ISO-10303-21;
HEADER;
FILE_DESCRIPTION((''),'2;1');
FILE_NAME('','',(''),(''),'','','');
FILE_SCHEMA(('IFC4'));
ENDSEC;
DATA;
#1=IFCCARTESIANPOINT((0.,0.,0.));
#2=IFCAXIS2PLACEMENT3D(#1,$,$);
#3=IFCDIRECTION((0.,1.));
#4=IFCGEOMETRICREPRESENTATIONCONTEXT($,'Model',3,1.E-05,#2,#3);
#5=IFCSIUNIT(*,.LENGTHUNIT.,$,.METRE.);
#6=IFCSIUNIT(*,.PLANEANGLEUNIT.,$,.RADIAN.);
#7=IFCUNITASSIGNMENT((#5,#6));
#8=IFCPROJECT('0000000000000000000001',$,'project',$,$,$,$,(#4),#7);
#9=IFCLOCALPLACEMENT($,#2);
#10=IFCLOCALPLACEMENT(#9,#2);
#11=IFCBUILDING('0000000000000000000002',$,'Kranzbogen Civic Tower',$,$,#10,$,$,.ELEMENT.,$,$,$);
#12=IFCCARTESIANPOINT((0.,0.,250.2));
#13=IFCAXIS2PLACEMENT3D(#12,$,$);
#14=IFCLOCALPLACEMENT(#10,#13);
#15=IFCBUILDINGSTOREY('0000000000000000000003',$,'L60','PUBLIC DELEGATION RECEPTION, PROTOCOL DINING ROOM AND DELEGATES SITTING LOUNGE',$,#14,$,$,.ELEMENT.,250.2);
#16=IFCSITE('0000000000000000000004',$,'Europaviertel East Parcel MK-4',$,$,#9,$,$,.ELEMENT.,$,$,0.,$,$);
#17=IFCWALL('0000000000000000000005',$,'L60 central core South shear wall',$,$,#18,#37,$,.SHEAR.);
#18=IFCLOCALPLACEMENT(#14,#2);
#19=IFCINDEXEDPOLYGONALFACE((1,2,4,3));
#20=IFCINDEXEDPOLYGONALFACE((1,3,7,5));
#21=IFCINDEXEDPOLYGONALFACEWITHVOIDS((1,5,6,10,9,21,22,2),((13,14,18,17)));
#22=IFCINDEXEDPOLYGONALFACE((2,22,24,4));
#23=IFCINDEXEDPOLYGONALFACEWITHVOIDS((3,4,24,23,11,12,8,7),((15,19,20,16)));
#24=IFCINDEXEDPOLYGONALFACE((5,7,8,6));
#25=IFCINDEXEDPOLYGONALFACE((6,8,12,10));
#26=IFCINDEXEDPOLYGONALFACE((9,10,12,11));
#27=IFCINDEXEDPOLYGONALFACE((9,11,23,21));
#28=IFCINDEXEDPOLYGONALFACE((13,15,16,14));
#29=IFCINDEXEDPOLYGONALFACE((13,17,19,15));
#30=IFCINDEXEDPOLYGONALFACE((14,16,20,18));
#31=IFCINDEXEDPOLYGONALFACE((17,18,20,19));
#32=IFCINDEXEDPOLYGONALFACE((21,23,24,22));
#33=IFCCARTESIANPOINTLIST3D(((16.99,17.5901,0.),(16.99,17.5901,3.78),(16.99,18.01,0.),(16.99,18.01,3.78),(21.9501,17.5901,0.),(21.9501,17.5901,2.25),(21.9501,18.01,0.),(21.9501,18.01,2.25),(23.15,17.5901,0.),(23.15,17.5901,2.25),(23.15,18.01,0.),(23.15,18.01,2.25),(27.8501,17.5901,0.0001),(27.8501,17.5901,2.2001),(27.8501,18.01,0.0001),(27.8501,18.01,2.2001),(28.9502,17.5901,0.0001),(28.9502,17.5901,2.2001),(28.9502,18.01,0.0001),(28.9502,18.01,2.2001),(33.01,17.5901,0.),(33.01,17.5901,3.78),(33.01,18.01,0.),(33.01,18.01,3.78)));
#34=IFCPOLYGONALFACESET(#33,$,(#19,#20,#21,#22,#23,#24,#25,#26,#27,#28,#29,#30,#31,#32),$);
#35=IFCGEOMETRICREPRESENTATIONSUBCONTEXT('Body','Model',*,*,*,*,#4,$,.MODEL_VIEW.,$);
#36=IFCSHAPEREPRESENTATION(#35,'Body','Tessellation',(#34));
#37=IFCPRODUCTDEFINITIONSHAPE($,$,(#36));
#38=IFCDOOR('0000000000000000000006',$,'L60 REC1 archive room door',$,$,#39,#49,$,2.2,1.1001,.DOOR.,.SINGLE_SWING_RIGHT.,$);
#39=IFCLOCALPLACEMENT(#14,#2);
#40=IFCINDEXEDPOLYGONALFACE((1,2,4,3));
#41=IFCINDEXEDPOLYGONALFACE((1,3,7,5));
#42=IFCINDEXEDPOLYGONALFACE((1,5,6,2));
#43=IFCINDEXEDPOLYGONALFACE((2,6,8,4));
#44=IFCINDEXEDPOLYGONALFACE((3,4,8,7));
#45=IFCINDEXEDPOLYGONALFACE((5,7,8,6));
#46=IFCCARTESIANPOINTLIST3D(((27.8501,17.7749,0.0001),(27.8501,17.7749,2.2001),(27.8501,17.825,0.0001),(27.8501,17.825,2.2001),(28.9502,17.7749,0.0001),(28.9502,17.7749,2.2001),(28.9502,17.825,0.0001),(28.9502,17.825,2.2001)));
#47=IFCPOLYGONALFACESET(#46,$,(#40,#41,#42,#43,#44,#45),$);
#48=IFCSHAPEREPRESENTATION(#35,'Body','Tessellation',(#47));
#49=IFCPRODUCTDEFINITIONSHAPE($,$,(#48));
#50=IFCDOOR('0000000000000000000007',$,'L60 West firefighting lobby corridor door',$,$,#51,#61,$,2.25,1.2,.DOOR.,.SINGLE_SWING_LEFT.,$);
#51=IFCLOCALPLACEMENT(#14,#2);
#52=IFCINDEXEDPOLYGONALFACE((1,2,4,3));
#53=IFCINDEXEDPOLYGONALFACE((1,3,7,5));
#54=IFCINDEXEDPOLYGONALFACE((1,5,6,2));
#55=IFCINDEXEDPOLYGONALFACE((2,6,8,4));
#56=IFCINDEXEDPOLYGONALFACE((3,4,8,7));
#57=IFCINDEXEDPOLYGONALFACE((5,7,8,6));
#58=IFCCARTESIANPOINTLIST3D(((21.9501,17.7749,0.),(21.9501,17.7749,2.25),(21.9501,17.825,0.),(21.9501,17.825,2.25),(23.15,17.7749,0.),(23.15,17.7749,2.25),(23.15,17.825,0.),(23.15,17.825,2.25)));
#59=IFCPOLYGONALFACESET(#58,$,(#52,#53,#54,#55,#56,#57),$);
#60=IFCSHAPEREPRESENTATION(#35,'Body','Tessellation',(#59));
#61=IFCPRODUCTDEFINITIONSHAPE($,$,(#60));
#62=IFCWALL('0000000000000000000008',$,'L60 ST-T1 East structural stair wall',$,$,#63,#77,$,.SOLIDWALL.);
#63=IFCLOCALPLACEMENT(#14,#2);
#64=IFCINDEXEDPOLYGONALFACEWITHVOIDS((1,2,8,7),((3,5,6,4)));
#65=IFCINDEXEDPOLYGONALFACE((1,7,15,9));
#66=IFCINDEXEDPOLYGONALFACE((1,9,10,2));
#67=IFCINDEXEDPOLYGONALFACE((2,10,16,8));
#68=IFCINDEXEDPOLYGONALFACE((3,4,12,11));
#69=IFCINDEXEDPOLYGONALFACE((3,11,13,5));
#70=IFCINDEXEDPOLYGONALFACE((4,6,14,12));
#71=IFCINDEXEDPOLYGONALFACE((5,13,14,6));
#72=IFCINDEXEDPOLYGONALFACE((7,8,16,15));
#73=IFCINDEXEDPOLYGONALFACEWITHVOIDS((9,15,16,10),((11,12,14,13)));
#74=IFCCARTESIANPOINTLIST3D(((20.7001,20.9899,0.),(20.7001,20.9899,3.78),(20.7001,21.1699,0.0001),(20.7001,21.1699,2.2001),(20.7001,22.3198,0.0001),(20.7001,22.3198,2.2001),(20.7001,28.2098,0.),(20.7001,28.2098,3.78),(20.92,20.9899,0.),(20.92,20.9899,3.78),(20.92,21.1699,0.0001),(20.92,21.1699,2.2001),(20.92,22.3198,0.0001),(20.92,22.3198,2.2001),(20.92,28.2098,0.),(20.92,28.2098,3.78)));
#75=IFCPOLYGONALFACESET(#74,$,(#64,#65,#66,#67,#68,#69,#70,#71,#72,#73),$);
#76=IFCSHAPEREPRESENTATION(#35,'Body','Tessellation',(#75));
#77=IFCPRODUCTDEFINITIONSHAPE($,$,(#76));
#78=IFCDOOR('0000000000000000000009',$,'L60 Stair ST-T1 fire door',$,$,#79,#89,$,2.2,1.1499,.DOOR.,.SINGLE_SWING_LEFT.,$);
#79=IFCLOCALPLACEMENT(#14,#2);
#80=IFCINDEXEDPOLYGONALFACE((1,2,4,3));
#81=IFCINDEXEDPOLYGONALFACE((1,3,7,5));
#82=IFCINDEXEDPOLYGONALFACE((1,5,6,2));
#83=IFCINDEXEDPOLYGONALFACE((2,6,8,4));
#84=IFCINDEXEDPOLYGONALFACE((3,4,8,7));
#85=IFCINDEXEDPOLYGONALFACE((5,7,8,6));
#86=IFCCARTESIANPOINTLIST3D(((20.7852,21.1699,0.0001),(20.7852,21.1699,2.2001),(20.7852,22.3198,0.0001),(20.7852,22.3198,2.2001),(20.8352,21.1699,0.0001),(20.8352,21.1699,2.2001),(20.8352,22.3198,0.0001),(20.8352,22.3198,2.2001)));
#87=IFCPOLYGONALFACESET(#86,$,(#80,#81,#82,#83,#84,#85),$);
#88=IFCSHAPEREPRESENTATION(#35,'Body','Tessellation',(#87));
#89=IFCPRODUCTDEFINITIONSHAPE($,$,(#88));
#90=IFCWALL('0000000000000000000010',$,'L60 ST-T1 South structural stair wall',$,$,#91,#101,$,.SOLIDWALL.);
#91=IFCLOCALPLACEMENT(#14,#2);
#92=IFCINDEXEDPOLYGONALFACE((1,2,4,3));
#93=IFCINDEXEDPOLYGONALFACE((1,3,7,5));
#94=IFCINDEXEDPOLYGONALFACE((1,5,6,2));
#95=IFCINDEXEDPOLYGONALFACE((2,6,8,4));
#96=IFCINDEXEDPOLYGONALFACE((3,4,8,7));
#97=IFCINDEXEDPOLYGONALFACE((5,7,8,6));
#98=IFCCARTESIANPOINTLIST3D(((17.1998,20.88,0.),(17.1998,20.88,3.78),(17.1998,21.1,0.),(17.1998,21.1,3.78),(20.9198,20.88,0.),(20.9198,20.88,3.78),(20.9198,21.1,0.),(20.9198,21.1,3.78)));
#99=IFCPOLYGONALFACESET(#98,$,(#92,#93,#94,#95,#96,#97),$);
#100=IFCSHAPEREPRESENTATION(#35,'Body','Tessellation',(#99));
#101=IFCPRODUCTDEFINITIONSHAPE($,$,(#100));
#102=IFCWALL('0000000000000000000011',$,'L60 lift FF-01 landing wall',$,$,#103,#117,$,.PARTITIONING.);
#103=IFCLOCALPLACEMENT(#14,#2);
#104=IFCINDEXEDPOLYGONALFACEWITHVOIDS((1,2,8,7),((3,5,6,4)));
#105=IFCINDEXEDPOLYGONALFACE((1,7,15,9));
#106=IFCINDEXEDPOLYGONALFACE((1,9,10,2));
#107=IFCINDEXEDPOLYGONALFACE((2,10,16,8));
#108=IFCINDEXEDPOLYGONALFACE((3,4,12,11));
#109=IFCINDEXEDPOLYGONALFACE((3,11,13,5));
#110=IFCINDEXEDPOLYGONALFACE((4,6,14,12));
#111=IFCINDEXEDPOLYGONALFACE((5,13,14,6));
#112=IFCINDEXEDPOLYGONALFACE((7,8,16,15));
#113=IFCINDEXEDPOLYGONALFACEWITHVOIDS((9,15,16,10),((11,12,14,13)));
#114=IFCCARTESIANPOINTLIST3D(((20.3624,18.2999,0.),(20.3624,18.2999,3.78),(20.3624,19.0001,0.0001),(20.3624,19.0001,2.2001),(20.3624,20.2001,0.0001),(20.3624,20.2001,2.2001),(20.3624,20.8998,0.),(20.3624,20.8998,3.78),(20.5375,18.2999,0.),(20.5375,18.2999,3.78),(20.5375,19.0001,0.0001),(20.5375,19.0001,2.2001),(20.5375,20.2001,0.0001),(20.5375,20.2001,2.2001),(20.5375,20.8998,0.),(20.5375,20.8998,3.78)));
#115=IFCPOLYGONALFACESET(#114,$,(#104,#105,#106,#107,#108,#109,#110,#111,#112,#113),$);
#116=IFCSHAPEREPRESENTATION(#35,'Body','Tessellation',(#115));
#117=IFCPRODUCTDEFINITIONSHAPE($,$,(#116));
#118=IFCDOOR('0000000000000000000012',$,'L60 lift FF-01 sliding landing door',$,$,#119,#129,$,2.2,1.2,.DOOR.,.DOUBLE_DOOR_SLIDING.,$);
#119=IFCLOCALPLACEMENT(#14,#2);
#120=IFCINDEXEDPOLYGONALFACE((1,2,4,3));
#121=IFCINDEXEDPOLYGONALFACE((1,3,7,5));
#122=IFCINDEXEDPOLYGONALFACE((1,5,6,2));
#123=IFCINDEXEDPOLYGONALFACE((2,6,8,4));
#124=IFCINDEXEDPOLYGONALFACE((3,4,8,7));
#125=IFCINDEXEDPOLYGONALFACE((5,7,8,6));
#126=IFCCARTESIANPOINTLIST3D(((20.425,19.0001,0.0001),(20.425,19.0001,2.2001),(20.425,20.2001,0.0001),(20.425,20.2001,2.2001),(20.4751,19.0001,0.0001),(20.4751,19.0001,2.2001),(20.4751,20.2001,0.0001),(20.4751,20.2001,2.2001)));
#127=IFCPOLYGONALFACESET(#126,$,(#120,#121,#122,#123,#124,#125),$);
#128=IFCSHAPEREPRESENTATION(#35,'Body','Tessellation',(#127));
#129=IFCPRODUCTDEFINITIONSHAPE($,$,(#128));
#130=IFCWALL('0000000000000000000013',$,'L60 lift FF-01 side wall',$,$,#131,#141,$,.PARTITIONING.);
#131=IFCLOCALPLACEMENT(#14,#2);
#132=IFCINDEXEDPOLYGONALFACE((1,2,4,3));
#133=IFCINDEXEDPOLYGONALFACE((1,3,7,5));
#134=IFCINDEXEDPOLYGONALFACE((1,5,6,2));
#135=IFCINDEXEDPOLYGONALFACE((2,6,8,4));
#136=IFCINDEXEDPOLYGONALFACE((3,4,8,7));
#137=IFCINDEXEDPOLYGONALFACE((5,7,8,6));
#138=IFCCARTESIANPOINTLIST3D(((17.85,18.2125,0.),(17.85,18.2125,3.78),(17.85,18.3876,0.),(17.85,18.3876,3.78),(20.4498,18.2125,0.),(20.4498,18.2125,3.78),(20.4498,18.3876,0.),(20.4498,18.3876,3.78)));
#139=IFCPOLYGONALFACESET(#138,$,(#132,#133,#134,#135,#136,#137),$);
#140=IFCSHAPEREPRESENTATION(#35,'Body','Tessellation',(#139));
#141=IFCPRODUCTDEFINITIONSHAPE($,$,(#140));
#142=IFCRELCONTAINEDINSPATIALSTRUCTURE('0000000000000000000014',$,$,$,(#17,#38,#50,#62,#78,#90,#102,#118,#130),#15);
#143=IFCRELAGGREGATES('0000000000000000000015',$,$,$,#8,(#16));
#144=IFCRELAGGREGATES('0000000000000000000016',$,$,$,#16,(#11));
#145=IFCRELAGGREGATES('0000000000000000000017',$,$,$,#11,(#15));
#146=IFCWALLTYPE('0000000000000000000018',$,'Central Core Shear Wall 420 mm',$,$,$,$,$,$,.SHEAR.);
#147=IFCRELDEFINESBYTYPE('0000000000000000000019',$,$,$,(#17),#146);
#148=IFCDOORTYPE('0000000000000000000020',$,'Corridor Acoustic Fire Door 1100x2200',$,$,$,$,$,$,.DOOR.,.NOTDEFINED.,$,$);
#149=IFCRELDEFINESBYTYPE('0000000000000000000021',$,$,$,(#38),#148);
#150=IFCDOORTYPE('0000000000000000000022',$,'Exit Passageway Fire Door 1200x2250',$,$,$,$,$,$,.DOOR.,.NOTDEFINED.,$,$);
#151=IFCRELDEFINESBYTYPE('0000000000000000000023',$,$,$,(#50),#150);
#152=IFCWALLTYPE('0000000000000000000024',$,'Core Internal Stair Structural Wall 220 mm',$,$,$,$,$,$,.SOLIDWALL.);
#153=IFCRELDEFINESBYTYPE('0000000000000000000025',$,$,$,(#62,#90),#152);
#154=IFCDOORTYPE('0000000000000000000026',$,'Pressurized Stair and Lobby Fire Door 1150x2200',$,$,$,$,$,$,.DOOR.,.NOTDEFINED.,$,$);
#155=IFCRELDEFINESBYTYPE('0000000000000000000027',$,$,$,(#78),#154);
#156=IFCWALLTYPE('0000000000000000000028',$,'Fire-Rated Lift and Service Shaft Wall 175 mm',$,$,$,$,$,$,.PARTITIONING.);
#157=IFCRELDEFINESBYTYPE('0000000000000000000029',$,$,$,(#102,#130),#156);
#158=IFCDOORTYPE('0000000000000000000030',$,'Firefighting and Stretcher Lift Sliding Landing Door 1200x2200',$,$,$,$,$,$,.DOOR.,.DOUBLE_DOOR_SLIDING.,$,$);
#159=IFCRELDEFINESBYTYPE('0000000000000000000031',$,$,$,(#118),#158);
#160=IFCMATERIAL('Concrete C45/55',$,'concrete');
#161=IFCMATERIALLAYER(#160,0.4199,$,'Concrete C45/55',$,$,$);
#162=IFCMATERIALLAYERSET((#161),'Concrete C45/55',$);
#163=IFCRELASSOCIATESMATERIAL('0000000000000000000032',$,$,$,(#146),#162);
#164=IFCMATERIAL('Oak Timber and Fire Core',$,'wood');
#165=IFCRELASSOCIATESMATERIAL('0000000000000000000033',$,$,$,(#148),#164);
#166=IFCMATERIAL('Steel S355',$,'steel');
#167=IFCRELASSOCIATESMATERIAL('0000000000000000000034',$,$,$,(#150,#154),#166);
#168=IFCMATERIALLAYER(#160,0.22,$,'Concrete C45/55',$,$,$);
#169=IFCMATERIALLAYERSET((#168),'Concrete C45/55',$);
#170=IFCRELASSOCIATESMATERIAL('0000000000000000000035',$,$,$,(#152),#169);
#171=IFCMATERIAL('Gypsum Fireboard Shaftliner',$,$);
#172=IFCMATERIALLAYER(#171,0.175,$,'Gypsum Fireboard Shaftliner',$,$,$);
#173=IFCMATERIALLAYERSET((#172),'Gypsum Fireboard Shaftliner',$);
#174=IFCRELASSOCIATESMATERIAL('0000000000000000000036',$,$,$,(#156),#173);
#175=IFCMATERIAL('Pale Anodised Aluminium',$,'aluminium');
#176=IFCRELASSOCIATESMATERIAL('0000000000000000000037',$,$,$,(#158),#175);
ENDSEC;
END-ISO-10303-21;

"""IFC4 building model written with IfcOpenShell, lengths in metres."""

from ifc_helpers import new_model, si_unit, direction, frame, frame_2d, origin, place, context, subcontext, project, spatial, rectangle, extrude, material, layer, layer_set, type_object, element, fill, save


model = new_model("IFC4")

# Units and contexts
model_context = context("Model", 3, precision=1e-05, world=origin(), true_north=direction((0.0, 1.0)))
body_context = subcontext(model_context, "Body", "Model", "MODEL_VIEW")
ifc_project = project(units=[si_unit("LENGTHUNIT", "METRE"), si_unit("PLANEANGLEUNIT", "RADIAN")], contexts=[model_context])

# Site, building, storey
site_placement = place(None, origin())
site = spatial("IfcSite", under=ifc_project, at=site_placement, Name="Europaviertel East Parcel MK-4", CompositionType="ELEMENT", RefElevation=0.0)
building_placement = place(site_placement, origin())
building = spatial("IfcBuilding", under=site, at=building_placement, Name="Kranzbogen Civic Tower", CompositionType="ELEMENT")
storey_placement = place(building_placement, frame((0.0, 0.0, 250.2)))
storey = spatial("IfcBuildingStorey", under=building, at=storey_placement, Name="L60", Description="PUBLIC DELEGATION RECEPTION, PROTOCOL DINING ROOM AND DELEGATES SITTING LOUNGE", CompositionType="ELEMENT", Elevation=250.2)

# Shared definitions
ifc_material_1 = material(Name="Steel S355", Category="steel")

# Wall, openings, doors
ifc_material_2 = material(Name="Concrete C45/55", Category="concrete")
ifc_layer_1 = layer(ifc_material_2, 0.4199, Name="Concrete C45/55")
ifc_layer_set_1 = layer_set([ifc_layer_1], Name="Concrete C45/55")
wall_type_1 = type_object("IfcWallType", Name="Central Core Shear Wall 420 mm", PredefinedType="SHEAR", material=ifc_layer_set_1)
wall_1_placement = place(storey_placement, frame((16.99, 17.8, 0.0), z_axis=(0.0, 0.0, 1.0), x_axis=(1.0, 0.0, 0.0)))
wall_1 = element("IfcWall", 1, at=wall_1_placement, inside=storey, type_object=wall_type_1, Name="L60 central core South shear wall", PredefinedType="SHEAR", context=body_context, shape_type="SweptSolid", body=[
    extrude(rectangle(XDim=16.02, YDim=0.4199, at=frame_2d((8.01, 0.0))), origin(), (0.0, 0.0, 1.0), 3.78),
])
opening_1_placement = place(wall_1_placement, frame((4.96, 0.0, 0.0)))
opening_1 = element("IfcOpeningElement", 2, at=opening_1_placement, cuts=wall_1, PredefinedType="OPENING", context=body_context, shape_type="SweptSolid", body=[
    extrude(rectangle(XDim=1.2, YDim=2.25, at=frame_2d((0.6001, 1.125))), frame((0.0, 0.22, 0.0), z_axis=(0.0, -1.0, 0.0), x_axis=(1.0, 0.0, 0.0)), (0.0, 0.0, 1.0), 0.4399),
])
opening_2_placement = place(wall_1_placement, frame((10.8601, 0.0, 0.0)))
opening_2 = element("IfcOpeningElement", 3, at=opening_2_placement, cuts=wall_1, PredefinedType="OPENING", context=body_context, shape_type="SweptSolid", body=[
    extrude(rectangle(XDim=1.1001, YDim=2.2, at=frame_2d((0.55, 1.1001))), frame((0.0, 0.22, 0.0), z_axis=(0.0, -1.0, 0.0), x_axis=(1.0, 0.0, 0.0)), (0.0, 0.0, 1.0), 0.4399),
])
ifc_material_3 = material(Name="Oak Timber and Fire Core", Category="wood")
door_type_1 = type_object("IfcDoorType", Name="Corridor Acoustic Fire Door 1100x2200", OperationType="NOTDEFINED", PredefinedType="DOOR", material=ifc_material_3)
door_1_placement = place(opening_2_placement, origin())
door_1 = element("IfcDoor", 4, at=door_1_placement, inside=storey, type_object=door_type_1, Name="L60 REC1 archive room door", OperationType="SINGLE_SWING_RIGHT", OverallHeight=2.2, OverallWidth=1.1001, PredefinedType="DOOR", context=body_context, shape_type="SweptSolid", body=[
    extrude(rectangle(XDim=1.1001, YDim=2.2, at=frame_2d((0.55, 1.1001))), frame((0.0, 0.0249, 0.0), z_axis=(0.0, -1.0, 0.0), x_axis=(1.0, 0.0, 0.0)), (0.0, 0.0, 1.0), 0.05),
])
fill(opening_2, door_1)
door_type_2 = type_object("IfcDoorType", Name="Exit Passageway Fire Door 1200x2250", OperationType="NOTDEFINED", PredefinedType="DOOR", material=ifc_material_1)
door_2_placement = place(opening_1_placement, origin())
door_2 = element("IfcDoor", 5, at=door_2_placement, inside=storey, type_object=door_type_2, Name="L60 West firefighting lobby corridor door", OperationType="SINGLE_SWING_LEFT", OverallHeight=2.25, OverallWidth=1.2, PredefinedType="DOOR", context=body_context, shape_type="SweptSolid", body=[
    extrude(rectangle(XDim=1.2, YDim=2.25, at=frame_2d((0.6001, 1.125))), frame((0.0, 0.0249, 0.0), z_axis=(0.0, -1.0, 0.0), x_axis=(1.0, 0.0, 0.0)), (0.0, 0.0, 1.0), 0.05),
])
fill(opening_1, door_2)

# Wall, opening, door
ifc_layer_2 = layer(ifc_material_2, 0.22, Name="Concrete C45/55")
ifc_layer_set_2 = layer_set([ifc_layer_2], Name="Concrete C45/55")
wall_type_2 = type_object("IfcWallType", Name="Core Internal Stair Structural Wall 220 mm", PredefinedType="SOLIDWALL", material=ifc_layer_set_2)
wall_2_placement = place(storey_placement, frame((20.8101, 20.99, 0.0), z_axis=(0.0, 0.0, 1.0), x_axis=(0.0, 1.0, 0.0)))
wall_2 = element("IfcWall", 6, at=wall_2_placement, inside=storey, type_object=wall_type_2, Name="L60 ST-T1 East structural stair wall", PredefinedType="SOLIDWALL", context=body_context, shape_type="SweptSolid", body=[
    extrude(rectangle(XDim=7.22, YDim=0.22, at=frame_2d((3.6099, 0.0))), origin(), (0.0, 0.0, 1.0), 3.78),
])
opening_3_placement = place(wall_2_placement, frame((0.1799, 0.0, 0.0)))
opening_3 = element("IfcOpeningElement", 7, at=opening_3_placement, cuts=wall_2, PredefinedType="OPENING", context=body_context, shape_type="SweptSolid", body=[
    extrude(rectangle(XDim=1.1499, YDim=2.2, at=frame_2d((0.575, 1.1001))), frame((0.0, 0.1201, 0.0), z_axis=(0.0, -1.0, 0.0), x_axis=(1.0, 0.0, 0.0)), (0.0, 0.0, 1.0), 0.24),
])
door_type_3 = type_object("IfcDoorType", Name="Pressurized Stair and Lobby Fire Door 1150x2200", OperationType="NOTDEFINED", PredefinedType="DOOR", material=ifc_material_1)
door_3_placement = place(opening_3_placement, origin())
door_3 = element("IfcDoor", 8, at=door_3_placement, inside=storey, type_object=door_type_3, Name="L60 Stair ST-T1 fire door", OperationType="SINGLE_SWING_LEFT", OverallHeight=2.2, OverallWidth=1.1499, PredefinedType="DOOR", context=body_context, shape_type="SweptSolid", body=[
    extrude(rectangle(XDim=1.1499, YDim=2.2, at=frame_2d((0.575, 1.1001))), frame((0.0, 0.0249, 0.0), z_axis=(0.0, -1.0, 0.0), x_axis=(1.0, 0.0, 0.0)), (0.0, 0.0, 1.0), 0.05),
])
fill(opening_3, door_3)

# Wall
wall_3_placement = place(storey_placement, frame((17.2, 20.99, 0.0), z_axis=(0.0, 0.0, 1.0), x_axis=(1.0, 0.0, 0.0)))
element("IfcWall", 9, at=wall_3_placement, inside=storey, type_object=wall_type_2, Name="L60 ST-T1 South structural stair wall", PredefinedType="SOLIDWALL", context=body_context, shape_type="SweptSolid", body=[
    extrude(rectangle(XDim=3.72, YDim=0.22, at=frame_2d((1.8599, 0.0))), origin(), (0.0, 0.0, 1.0), 3.78),
])

# Wall, opening, door
ifc_material_4 = material(Name="Gypsum Fireboard Shaftliner")
ifc_layer_3 = layer(ifc_material_4, 0.175, Name="Gypsum Fireboard Shaftliner")
ifc_layer_set_3 = layer_set([ifc_layer_3], Name="Gypsum Fireboard Shaftliner")
wall_type_3 = type_object("IfcWallType", Name="Fire-Rated Lift and Service Shaft Wall 175 mm", PredefinedType="PARTITIONING", material=ifc_layer_set_3)
wall_4_placement = place(storey_placement, frame((20.45, 18.3, 0.0), z_axis=(0.0, 0.0, 1.0), x_axis=(0.0, 1.0, 0.0)))
wall_4 = element("IfcWall", 10, at=wall_4_placement, inside=storey, type_object=wall_type_3, Name="L60 lift FF-01 landing wall", PredefinedType="PARTITIONING", context=body_context, shape_type="SweptSolid", body=[
    extrude(rectangle(XDim=2.5999, YDim=0.175, at=frame_2d((1.2998, 0.0))), origin(), (0.0, 0.0, 1.0), 3.78),
])
opening_4_placement = place(wall_4_placement, frame((0.7, 0.0, 0.0)))
opening_4 = element("IfcOpeningElement", 11, at=opening_4_placement, cuts=wall_4, PredefinedType="OPENING", context=body_context, shape_type="SweptSolid", body=[
    extrude(rectangle(XDim=1.2, YDim=2.2, at=frame_2d((0.6001, 1.1001))), frame((0.0, 0.0977, 0.0), z_axis=(0.0, -1.0, 0.0), x_axis=(1.0, 0.0, 0.0)), (0.0, 0.0, 1.0), 0.1951),
])
ifc_material_5 = material(Name="Pale Anodised Aluminium", Category="aluminium")
door_type_4 = type_object("IfcDoorType", Name="Firefighting and Stretcher Lift Sliding Landing Door 1200x2200", OperationType="DOUBLE_DOOR_SLIDING", PredefinedType="DOOR", material=ifc_material_5)
door_4_placement = place(opening_4_placement, origin())
door_4 = element("IfcDoor", 12, at=door_4_placement, inside=storey, type_object=door_type_4, Name="L60 lift FF-01 sliding landing door", OperationType="DOUBLE_DOOR_SLIDING", OverallHeight=2.2, OverallWidth=1.2, PredefinedType="DOOR", context=body_context, shape_type="SweptSolid", body=[
    extrude(rectangle(XDim=1.2, YDim=2.2, at=frame_2d((0.6001, 1.1001))), frame((0.0, 0.0249, 0.0), z_axis=(0.0, -1.0, 0.0), x_axis=(1.0, 0.0, 0.0)), (0.0, 0.0, 1.0), 0.05),
])
fill(opening_4, door_4)

# Wall
wall_5_placement = place(storey_placement, frame((17.8501, 18.3, 0.0), z_axis=(0.0, 0.0, 1.0), x_axis=(1.0, 0.0, 0.0)))
element("IfcWall", 13, at=wall_5_placement, inside=storey, type_object=wall_type_3, Name="L60 lift FF-01 side wall", PredefinedType="PARTITIONING", context=body_context, shape_type="SweptSolid", body=[
    extrude(rectangle(XDim=2.5999, YDim=0.175, at=frame_2d((1.2998, 0.0))), origin(), (0.0, 0.0, 1.0), 3.78),
])

save(model, "model.ifc")
